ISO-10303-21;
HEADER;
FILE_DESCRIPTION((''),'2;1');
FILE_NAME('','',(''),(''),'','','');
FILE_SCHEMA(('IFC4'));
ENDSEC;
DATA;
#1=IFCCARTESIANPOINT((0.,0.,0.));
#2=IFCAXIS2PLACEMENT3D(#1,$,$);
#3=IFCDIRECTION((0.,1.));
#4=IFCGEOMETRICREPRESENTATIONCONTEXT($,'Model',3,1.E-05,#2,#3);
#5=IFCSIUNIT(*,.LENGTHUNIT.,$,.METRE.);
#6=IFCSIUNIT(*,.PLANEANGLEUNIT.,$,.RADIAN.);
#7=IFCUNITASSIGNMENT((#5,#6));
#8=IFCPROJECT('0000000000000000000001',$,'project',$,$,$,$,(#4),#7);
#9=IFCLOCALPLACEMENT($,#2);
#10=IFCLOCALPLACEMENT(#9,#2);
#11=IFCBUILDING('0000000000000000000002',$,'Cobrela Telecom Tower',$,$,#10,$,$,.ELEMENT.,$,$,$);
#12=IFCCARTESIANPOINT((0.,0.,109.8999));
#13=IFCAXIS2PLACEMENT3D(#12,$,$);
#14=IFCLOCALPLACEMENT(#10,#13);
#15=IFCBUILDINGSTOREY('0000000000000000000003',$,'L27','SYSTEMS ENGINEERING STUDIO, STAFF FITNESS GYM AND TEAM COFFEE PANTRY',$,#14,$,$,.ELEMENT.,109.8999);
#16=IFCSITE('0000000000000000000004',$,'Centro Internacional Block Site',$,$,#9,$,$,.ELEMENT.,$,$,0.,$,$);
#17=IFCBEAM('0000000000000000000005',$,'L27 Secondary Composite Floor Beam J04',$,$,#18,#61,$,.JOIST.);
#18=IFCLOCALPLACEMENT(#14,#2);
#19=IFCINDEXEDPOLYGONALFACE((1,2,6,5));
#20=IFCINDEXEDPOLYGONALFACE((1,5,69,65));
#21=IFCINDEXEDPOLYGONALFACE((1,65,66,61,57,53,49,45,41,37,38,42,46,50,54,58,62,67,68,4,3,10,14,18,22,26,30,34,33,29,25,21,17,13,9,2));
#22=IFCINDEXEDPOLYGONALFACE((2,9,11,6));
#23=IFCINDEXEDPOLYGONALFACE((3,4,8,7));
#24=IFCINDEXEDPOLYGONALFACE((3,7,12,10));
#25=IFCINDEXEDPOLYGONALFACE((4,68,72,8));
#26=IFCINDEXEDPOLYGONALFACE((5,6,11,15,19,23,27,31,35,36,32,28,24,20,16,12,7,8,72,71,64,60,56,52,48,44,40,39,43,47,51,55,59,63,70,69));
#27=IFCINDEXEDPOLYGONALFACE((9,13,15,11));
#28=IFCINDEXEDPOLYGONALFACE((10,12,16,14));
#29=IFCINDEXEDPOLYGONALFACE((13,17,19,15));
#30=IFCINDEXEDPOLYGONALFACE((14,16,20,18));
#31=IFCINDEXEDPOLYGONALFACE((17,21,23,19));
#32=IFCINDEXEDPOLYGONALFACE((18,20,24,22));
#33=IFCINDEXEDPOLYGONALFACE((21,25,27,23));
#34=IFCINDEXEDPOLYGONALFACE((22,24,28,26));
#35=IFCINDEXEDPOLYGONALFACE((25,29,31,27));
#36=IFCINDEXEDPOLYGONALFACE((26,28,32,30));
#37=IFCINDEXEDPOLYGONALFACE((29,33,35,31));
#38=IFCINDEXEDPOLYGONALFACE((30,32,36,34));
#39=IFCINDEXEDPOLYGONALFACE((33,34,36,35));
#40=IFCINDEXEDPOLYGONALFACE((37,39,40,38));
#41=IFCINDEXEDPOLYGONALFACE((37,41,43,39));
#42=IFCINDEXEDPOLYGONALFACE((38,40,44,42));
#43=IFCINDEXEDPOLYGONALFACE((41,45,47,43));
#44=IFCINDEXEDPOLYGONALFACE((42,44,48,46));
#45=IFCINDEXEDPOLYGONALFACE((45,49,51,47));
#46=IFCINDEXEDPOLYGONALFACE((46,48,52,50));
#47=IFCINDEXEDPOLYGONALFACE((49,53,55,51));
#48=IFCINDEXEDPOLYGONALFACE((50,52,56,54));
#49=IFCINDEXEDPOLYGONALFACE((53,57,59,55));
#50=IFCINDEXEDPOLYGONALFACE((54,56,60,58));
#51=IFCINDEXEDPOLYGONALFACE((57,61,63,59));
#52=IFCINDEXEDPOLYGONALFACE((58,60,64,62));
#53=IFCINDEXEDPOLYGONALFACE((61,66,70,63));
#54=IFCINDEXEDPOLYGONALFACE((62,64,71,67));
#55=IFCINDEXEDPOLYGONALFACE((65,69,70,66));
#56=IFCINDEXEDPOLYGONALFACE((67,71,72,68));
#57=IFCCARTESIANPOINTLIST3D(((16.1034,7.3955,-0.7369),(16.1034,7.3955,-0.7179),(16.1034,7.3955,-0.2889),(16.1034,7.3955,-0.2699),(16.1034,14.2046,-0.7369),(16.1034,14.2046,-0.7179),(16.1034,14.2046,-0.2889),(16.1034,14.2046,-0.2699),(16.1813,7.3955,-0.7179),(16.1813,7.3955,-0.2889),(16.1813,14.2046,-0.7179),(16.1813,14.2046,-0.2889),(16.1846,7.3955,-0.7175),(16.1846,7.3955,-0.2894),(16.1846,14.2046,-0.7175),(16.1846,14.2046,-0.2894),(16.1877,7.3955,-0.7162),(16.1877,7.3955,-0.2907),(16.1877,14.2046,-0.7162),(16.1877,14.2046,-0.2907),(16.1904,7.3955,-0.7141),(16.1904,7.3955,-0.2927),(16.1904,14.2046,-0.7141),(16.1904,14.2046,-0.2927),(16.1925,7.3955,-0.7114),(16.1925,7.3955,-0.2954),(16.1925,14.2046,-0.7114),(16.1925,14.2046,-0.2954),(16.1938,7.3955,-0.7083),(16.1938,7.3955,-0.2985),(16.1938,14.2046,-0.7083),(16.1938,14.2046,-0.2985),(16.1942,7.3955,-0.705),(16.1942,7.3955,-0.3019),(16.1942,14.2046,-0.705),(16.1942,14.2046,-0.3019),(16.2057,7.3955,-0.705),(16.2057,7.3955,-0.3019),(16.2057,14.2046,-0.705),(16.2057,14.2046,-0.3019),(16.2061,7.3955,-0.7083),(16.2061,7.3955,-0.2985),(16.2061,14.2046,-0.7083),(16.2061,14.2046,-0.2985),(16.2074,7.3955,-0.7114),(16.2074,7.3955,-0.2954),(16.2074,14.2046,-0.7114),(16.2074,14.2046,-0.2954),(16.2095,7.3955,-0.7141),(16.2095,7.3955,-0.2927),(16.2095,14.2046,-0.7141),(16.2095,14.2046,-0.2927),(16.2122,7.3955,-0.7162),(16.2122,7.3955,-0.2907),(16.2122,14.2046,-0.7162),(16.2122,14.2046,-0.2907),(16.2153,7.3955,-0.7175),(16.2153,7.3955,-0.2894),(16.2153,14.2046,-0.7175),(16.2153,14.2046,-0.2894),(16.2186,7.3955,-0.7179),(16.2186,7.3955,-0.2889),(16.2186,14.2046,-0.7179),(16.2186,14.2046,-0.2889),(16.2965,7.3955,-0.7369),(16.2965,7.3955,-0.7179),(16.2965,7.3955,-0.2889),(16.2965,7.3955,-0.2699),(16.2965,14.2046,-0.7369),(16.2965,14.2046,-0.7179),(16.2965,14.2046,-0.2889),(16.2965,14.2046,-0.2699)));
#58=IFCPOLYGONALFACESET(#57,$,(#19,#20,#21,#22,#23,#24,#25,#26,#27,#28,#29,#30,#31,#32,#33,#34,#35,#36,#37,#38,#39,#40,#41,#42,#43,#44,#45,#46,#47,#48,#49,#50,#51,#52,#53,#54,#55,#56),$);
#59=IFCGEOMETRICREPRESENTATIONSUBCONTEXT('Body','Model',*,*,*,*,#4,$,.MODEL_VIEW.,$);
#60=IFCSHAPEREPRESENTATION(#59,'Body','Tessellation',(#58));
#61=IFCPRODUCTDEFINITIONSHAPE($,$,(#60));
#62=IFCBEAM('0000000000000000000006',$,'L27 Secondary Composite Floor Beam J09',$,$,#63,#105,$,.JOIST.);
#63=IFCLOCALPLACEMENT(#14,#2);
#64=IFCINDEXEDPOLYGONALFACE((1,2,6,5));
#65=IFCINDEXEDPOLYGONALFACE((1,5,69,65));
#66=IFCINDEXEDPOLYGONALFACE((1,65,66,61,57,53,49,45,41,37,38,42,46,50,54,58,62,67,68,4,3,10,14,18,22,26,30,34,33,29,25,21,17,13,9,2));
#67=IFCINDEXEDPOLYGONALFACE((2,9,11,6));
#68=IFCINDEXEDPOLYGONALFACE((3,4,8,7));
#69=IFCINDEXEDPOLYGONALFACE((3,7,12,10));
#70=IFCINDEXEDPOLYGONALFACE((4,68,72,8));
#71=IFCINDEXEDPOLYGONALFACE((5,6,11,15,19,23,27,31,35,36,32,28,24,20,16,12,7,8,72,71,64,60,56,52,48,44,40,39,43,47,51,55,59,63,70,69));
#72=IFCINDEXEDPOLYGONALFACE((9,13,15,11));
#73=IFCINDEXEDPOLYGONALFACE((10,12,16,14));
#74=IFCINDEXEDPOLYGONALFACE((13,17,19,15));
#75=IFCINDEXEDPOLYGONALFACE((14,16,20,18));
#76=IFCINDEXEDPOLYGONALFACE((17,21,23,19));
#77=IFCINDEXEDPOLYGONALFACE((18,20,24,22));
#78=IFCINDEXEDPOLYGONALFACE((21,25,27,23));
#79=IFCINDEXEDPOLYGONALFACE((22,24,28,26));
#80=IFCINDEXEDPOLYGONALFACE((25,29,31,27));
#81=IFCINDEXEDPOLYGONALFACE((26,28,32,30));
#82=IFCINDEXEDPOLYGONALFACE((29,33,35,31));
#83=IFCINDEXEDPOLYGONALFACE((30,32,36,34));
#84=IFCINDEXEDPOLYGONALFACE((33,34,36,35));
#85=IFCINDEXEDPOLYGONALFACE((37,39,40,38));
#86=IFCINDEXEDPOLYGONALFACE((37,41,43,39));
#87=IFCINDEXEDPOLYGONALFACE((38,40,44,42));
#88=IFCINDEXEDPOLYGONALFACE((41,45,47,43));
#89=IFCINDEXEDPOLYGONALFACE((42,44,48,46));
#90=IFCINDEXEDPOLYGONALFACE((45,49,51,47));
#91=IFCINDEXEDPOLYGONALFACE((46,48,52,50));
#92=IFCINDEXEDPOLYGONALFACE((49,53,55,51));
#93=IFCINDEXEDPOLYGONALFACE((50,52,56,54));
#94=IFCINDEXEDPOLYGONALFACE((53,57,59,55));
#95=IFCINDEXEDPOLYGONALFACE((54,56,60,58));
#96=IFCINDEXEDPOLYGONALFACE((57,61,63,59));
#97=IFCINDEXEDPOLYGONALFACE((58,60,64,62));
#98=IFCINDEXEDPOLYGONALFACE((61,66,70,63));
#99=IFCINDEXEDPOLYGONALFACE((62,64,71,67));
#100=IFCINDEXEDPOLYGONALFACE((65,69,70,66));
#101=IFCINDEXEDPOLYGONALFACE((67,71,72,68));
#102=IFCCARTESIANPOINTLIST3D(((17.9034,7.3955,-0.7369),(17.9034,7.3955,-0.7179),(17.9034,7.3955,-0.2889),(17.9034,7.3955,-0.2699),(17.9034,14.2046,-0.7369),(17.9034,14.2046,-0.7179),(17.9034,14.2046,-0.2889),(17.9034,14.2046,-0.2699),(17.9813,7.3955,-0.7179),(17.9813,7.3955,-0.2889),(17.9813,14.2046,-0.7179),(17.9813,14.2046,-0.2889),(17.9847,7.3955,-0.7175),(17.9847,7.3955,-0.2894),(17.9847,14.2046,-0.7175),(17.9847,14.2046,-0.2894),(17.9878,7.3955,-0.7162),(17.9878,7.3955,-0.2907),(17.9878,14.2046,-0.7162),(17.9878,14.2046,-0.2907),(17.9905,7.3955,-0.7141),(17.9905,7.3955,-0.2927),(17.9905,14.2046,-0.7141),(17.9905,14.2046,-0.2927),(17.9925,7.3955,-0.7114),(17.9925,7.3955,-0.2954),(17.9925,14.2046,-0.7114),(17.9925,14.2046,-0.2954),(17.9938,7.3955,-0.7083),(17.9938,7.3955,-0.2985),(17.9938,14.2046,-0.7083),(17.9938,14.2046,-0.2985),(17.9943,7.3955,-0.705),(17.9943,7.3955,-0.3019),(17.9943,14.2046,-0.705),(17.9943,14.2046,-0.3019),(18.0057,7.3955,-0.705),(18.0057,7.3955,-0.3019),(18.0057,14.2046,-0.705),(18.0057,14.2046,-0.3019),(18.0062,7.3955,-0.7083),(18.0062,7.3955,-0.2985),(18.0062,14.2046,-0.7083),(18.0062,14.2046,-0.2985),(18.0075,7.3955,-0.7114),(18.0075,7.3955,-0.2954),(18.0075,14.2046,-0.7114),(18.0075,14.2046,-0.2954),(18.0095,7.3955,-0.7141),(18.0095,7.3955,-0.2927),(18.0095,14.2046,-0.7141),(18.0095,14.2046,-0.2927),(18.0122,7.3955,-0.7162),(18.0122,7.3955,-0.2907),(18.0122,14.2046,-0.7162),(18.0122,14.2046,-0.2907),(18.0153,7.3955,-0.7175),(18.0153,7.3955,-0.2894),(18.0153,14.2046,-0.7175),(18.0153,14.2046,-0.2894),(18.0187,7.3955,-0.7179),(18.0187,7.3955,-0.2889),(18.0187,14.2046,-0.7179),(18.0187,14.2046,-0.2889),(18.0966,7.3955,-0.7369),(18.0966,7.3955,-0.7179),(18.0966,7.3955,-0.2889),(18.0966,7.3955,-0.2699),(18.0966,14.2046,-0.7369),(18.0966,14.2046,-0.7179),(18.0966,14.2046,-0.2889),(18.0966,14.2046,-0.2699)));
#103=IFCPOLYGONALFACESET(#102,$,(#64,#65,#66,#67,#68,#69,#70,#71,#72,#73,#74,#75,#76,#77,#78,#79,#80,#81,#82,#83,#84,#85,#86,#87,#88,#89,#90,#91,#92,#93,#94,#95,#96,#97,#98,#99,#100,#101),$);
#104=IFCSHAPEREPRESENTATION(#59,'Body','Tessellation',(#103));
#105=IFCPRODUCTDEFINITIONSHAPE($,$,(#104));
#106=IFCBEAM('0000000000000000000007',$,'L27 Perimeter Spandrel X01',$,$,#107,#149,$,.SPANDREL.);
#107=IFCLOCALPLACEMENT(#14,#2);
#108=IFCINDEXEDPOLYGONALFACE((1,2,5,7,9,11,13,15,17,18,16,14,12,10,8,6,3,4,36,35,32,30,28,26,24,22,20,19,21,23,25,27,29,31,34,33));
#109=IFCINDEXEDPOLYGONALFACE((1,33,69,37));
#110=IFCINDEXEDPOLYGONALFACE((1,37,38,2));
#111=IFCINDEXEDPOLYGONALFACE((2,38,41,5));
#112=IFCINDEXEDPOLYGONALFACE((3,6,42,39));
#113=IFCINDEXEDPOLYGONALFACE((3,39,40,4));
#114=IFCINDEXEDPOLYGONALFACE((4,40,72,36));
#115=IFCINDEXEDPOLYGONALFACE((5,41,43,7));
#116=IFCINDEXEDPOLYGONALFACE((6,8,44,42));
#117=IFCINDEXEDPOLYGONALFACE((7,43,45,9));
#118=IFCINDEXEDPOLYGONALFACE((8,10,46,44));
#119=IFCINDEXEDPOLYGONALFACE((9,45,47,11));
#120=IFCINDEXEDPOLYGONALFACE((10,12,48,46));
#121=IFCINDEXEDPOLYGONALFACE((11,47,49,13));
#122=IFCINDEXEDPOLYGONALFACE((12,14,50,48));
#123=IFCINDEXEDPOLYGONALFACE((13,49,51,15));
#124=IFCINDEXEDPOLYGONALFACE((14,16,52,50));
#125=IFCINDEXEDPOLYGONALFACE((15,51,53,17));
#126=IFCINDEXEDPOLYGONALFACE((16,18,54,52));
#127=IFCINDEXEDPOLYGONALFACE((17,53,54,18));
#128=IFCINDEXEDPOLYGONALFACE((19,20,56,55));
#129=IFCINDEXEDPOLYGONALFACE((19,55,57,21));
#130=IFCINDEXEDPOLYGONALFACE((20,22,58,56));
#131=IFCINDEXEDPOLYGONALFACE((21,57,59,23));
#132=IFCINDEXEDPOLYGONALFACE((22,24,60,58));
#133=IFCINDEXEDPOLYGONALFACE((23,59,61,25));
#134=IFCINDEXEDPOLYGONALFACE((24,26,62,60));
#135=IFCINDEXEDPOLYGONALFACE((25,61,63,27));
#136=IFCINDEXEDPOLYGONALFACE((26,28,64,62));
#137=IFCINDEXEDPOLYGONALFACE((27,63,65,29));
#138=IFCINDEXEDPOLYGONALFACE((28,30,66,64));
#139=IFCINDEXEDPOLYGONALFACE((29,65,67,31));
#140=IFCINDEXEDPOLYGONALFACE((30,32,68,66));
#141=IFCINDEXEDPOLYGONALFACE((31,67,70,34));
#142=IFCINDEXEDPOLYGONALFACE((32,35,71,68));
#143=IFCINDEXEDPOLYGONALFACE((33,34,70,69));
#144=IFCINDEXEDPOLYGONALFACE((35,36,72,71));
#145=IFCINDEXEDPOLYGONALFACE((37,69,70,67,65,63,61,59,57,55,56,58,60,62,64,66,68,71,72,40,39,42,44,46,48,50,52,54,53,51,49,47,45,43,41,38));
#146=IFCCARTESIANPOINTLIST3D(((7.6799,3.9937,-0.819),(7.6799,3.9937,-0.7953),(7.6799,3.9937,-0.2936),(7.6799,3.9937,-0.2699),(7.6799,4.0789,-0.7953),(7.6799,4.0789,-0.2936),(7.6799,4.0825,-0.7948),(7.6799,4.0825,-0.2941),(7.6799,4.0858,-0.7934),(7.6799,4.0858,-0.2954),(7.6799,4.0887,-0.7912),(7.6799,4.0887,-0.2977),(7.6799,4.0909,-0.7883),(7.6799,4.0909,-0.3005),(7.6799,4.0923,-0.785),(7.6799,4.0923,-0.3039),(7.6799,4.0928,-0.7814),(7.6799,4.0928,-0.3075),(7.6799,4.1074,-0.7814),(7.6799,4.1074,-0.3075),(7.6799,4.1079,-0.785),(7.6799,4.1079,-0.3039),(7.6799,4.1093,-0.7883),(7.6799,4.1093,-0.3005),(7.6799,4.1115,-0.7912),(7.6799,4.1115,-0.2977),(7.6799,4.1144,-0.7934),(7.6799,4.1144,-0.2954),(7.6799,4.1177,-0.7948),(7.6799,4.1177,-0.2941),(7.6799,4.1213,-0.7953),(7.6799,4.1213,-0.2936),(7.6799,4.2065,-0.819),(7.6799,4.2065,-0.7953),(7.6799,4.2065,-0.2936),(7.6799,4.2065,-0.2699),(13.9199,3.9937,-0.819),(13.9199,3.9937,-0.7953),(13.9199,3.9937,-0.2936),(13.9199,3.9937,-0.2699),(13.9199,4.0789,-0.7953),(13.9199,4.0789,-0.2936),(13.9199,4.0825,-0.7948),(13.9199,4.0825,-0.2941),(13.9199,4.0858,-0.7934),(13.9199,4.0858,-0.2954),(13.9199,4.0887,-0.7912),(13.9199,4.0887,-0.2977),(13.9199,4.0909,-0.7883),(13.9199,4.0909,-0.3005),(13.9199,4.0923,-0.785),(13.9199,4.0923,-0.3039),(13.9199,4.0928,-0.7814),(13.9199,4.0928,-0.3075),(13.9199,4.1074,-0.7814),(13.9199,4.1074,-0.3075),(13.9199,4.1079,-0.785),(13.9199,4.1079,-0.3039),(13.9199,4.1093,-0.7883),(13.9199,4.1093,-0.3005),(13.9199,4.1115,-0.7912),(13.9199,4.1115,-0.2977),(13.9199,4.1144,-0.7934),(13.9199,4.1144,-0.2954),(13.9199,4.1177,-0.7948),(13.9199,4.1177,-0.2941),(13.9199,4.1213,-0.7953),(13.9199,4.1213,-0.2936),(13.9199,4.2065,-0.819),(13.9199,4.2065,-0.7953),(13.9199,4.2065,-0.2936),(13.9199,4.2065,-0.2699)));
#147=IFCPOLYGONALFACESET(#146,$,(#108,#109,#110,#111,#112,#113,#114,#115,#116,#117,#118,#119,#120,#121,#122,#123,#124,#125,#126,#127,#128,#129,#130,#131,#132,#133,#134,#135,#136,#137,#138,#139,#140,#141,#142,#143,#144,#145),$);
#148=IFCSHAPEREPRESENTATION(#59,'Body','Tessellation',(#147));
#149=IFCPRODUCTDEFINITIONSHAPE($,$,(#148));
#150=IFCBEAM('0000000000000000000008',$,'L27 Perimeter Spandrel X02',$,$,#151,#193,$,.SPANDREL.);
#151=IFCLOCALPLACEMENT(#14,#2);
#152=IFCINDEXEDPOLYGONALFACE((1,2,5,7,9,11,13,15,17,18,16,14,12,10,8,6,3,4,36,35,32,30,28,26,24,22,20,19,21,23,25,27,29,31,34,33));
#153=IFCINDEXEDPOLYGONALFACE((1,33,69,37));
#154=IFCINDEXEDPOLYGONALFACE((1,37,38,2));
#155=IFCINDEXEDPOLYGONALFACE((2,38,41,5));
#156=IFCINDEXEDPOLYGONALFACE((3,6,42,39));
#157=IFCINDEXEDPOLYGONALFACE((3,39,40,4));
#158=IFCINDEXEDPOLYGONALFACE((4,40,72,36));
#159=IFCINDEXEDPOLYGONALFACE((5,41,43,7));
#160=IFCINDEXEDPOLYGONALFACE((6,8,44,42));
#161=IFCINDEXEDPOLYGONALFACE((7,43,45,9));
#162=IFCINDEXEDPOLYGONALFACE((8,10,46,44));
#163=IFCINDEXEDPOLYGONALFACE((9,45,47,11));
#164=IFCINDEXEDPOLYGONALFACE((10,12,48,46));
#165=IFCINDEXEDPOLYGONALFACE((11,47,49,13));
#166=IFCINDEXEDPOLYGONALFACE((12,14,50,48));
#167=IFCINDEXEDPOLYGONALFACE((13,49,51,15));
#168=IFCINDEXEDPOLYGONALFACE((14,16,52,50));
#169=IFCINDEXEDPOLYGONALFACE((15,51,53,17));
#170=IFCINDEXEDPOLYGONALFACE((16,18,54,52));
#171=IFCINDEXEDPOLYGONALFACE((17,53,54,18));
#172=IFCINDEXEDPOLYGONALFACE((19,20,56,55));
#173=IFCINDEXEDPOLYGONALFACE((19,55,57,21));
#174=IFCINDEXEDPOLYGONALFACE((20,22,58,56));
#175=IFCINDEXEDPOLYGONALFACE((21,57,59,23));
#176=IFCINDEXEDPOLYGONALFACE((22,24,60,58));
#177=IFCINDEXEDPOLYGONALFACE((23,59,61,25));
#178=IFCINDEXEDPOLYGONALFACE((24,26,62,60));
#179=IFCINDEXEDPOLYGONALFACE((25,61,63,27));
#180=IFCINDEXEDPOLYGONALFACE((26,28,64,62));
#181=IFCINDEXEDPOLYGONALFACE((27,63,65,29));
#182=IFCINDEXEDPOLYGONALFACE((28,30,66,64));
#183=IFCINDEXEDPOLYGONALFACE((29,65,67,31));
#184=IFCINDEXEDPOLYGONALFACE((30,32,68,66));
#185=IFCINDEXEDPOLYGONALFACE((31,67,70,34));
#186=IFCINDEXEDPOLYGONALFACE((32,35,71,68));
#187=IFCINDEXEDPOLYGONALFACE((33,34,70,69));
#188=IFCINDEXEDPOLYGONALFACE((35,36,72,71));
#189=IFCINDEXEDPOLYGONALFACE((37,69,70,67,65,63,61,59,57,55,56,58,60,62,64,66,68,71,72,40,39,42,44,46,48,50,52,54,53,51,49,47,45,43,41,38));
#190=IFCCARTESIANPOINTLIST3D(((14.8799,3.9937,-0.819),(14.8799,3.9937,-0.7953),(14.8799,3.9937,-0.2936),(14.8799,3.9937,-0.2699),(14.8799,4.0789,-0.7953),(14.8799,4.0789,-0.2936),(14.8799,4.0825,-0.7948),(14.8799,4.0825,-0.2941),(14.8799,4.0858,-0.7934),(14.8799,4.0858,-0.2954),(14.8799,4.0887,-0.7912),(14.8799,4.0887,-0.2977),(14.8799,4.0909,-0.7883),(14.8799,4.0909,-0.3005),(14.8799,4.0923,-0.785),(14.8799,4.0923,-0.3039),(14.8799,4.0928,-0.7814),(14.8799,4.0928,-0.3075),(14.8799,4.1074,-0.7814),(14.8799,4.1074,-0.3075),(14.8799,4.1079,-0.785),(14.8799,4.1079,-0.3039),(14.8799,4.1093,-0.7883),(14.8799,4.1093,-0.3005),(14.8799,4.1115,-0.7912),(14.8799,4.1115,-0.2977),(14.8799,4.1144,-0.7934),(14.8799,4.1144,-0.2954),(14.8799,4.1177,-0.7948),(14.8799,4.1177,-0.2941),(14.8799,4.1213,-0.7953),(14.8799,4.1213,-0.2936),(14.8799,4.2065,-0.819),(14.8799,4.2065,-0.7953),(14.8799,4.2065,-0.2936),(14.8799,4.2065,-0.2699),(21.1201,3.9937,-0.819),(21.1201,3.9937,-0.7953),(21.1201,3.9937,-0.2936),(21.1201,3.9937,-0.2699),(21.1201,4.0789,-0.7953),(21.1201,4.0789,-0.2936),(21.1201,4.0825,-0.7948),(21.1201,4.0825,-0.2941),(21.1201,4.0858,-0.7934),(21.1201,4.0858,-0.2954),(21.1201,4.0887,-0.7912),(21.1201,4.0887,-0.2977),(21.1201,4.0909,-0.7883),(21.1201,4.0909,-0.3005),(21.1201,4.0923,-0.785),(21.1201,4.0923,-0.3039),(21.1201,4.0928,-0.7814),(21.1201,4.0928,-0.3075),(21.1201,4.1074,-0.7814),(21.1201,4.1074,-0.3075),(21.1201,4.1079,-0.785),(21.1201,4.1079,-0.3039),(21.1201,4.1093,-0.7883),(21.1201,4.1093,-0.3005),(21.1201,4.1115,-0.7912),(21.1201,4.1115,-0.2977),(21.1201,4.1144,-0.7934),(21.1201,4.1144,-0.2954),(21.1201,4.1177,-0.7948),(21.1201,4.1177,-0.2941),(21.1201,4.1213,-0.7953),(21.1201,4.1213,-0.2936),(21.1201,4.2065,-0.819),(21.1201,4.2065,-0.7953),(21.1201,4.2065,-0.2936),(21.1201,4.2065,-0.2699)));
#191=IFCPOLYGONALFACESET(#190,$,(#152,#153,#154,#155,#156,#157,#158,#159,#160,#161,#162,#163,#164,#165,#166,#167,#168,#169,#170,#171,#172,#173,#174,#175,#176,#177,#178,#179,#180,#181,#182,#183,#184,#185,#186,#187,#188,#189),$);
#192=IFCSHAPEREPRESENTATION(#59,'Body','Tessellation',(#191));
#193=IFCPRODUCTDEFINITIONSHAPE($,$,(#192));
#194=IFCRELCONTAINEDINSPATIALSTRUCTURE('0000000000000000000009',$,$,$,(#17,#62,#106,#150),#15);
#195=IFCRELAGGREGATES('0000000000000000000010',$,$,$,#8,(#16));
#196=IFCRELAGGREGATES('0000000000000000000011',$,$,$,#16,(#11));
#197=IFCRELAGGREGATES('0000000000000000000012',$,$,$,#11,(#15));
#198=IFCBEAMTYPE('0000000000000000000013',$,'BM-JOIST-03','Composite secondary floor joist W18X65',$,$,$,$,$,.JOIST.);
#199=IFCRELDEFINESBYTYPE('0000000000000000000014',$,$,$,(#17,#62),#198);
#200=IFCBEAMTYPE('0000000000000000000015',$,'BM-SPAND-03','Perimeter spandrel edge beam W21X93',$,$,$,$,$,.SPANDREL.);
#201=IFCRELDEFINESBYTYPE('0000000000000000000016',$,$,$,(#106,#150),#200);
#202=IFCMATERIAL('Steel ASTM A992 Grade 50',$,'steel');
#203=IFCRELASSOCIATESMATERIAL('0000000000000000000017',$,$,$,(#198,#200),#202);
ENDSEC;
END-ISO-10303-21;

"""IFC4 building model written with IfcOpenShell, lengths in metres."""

from ifc_helpers import new_model, si_unit, direction, frame, origin, origin_2d, place, context, subcontext, project, spatial, i_section, extrude, material, material_profile, profile_set, type_object, element, save


model = new_model("IFC4")

# Units and contexts
model_context = context("Model", 3, precision=1e-05, world=origin(), true_north=direction((0.0, 1.0)))
body_context = subcontext(model_context, "Body", "Model", "MODEL_VIEW")
ifc_project = project(units=[si_unit("LENGTHUNIT", "METRE"), si_unit("PLANEANGLEUNIT", "RADIAN")], contexts=[model_context])

# Site, building, storey
site_placement = place(None, origin())
site = spatial("IfcSite", under=ifc_project, at=site_placement, Name="Centro Internacional Block Site", CompositionType="ELEMENT", RefElevation=0.0)
building_placement = place(site_placement, origin())
building = spatial("IfcBuilding", under=site, at=building_placement, Name="Cobrela Telecom Tower", CompositionType="ELEMENT")
storey_placement = place(building_placement, frame((0.0, 0.0, 109.8999)))
storey = spatial("IfcBuildingStorey", under=building, at=storey_placement, Name="L27", Description="SYSTEMS ENGINEERING STUDIO, STAFF FITNESS GYM AND TEAM COFFEE PANTRY", CompositionType="ELEMENT", Elevation=109.8999)

# Beams
ifc_material_1 = material(Name="Steel ASTM A992 Grade 50", Category="steel")
ifc_material_profile_1 = material_profile(ifc_material_1, i_section(OverallWidth=0.1931, OverallDepth=0.467, WebThickness=0.0115, FlangeThickness=0.019, FilletRadius=0.0129, at=origin_2d()), Name="W18X65")
ifc_profile_set_1 = profile_set([ifc_material_profile_1], Name="Steel ASTM A992 Grade 50")
beam_type_1 = type_object("IfcBeamType", Name="BM-JOIST-03", Description="Composite secondary floor joist W18X65", PredefinedType="JOIST", material=ifc_profile_set_1)
for number, where, z_axis, x_axis, name in (
    (1, (16.2, 7.3955, -0.5034), (0.0, 1.0, 0.0), (-1.0, 0.0, 0.0), "L27 Secondary Composite Floor Beam J04"),
    (2, (18.0, 7.3955, -0.5034), (0.0, 1.0, 0.0), (-1.0, 0.0, 0.0), "L27 Secondary Composite Floor Beam J09"),
):
    element("IfcBeam", number, at=place(storey_placement, frame(where, z_axis=z_axis, x_axis=x_axis)), inside=storey, type_object=beam_type_1, Name=name, PredefinedType="JOIST", context=body_context, shape_type="SweptSolid", body=[
        extrude(i_section(OverallWidth=0.1931, OverallDepth=0.467, WebThickness=0.0115, FlangeThickness=0.019, FilletRadius=0.0129, at=origin_2d()), origin(), (0.0, 0.0, 1.0), 6.8091),
    ])
ifc_material_profile_2 = material_profile(ifc_material_1, i_section(OverallWidth=0.2129, OverallDepth=0.5491, WebThickness=0.0146, FlangeThickness=0.0237, FilletRadius=0.0139, at=origin_2d()), Name="W21X93")
ifc_profile_set_2 = profile_set([ifc_material_profile_2], Name="Steel ASTM A992 Grade 50")
beam_type_2 = type_object("IfcBeamType", Name="BM-SPAND-03", Description="Perimeter spandrel edge beam W21X93", PredefinedType="SPANDREL", material=ifc_profile_set_2)
beam_1_placement = place(storey_placement, frame((7.6799, 4.1001, -0.5444), z_axis=(1.0, 0.0, 0.0), x_axis=(0.0, 1.0, 0.0)))
element("IfcBeam", 3, at=beam_1_placement, inside=storey, type_object=beam_type_2, Name="L27 Perimeter Spandrel X01", PredefinedType="SPANDREL", context=body_context, shape_type="SweptSolid", body=[
    extrude(i_section(OverallWidth=0.2129, OverallDepth=0.5491, WebThickness=0.0146, FlangeThickness=0.0237, FilletRadius=0.0139, at=origin_2d()), origin(), (0.0, 0.0, 1.0), 6.24),
])
beam_2_placement = place(storey_placement, frame((14.8799, 4.1001, -0.5444), z_axis=(1.0, 0.0, 0.0), x_axis=(0.0, 1.0, 0.0)))
element("IfcBeam", 4, at=beam_2_placement, inside=storey, type_object=beam_type_2, Name="L27 Perimeter Spandrel X02", PredefinedType="SPANDREL", context=body_context, shape_type="SweptSolid", body=[
    extrude(i_section(OverallWidth=0.2129, OverallDepth=0.5491, WebThickness=0.0146, FlangeThickness=0.0237, FilletRadius=0.0139, at=origin_2d()), origin(), (0.0, 0.0, 1.0), 6.2402),
])

save(model, "model.ifc")
